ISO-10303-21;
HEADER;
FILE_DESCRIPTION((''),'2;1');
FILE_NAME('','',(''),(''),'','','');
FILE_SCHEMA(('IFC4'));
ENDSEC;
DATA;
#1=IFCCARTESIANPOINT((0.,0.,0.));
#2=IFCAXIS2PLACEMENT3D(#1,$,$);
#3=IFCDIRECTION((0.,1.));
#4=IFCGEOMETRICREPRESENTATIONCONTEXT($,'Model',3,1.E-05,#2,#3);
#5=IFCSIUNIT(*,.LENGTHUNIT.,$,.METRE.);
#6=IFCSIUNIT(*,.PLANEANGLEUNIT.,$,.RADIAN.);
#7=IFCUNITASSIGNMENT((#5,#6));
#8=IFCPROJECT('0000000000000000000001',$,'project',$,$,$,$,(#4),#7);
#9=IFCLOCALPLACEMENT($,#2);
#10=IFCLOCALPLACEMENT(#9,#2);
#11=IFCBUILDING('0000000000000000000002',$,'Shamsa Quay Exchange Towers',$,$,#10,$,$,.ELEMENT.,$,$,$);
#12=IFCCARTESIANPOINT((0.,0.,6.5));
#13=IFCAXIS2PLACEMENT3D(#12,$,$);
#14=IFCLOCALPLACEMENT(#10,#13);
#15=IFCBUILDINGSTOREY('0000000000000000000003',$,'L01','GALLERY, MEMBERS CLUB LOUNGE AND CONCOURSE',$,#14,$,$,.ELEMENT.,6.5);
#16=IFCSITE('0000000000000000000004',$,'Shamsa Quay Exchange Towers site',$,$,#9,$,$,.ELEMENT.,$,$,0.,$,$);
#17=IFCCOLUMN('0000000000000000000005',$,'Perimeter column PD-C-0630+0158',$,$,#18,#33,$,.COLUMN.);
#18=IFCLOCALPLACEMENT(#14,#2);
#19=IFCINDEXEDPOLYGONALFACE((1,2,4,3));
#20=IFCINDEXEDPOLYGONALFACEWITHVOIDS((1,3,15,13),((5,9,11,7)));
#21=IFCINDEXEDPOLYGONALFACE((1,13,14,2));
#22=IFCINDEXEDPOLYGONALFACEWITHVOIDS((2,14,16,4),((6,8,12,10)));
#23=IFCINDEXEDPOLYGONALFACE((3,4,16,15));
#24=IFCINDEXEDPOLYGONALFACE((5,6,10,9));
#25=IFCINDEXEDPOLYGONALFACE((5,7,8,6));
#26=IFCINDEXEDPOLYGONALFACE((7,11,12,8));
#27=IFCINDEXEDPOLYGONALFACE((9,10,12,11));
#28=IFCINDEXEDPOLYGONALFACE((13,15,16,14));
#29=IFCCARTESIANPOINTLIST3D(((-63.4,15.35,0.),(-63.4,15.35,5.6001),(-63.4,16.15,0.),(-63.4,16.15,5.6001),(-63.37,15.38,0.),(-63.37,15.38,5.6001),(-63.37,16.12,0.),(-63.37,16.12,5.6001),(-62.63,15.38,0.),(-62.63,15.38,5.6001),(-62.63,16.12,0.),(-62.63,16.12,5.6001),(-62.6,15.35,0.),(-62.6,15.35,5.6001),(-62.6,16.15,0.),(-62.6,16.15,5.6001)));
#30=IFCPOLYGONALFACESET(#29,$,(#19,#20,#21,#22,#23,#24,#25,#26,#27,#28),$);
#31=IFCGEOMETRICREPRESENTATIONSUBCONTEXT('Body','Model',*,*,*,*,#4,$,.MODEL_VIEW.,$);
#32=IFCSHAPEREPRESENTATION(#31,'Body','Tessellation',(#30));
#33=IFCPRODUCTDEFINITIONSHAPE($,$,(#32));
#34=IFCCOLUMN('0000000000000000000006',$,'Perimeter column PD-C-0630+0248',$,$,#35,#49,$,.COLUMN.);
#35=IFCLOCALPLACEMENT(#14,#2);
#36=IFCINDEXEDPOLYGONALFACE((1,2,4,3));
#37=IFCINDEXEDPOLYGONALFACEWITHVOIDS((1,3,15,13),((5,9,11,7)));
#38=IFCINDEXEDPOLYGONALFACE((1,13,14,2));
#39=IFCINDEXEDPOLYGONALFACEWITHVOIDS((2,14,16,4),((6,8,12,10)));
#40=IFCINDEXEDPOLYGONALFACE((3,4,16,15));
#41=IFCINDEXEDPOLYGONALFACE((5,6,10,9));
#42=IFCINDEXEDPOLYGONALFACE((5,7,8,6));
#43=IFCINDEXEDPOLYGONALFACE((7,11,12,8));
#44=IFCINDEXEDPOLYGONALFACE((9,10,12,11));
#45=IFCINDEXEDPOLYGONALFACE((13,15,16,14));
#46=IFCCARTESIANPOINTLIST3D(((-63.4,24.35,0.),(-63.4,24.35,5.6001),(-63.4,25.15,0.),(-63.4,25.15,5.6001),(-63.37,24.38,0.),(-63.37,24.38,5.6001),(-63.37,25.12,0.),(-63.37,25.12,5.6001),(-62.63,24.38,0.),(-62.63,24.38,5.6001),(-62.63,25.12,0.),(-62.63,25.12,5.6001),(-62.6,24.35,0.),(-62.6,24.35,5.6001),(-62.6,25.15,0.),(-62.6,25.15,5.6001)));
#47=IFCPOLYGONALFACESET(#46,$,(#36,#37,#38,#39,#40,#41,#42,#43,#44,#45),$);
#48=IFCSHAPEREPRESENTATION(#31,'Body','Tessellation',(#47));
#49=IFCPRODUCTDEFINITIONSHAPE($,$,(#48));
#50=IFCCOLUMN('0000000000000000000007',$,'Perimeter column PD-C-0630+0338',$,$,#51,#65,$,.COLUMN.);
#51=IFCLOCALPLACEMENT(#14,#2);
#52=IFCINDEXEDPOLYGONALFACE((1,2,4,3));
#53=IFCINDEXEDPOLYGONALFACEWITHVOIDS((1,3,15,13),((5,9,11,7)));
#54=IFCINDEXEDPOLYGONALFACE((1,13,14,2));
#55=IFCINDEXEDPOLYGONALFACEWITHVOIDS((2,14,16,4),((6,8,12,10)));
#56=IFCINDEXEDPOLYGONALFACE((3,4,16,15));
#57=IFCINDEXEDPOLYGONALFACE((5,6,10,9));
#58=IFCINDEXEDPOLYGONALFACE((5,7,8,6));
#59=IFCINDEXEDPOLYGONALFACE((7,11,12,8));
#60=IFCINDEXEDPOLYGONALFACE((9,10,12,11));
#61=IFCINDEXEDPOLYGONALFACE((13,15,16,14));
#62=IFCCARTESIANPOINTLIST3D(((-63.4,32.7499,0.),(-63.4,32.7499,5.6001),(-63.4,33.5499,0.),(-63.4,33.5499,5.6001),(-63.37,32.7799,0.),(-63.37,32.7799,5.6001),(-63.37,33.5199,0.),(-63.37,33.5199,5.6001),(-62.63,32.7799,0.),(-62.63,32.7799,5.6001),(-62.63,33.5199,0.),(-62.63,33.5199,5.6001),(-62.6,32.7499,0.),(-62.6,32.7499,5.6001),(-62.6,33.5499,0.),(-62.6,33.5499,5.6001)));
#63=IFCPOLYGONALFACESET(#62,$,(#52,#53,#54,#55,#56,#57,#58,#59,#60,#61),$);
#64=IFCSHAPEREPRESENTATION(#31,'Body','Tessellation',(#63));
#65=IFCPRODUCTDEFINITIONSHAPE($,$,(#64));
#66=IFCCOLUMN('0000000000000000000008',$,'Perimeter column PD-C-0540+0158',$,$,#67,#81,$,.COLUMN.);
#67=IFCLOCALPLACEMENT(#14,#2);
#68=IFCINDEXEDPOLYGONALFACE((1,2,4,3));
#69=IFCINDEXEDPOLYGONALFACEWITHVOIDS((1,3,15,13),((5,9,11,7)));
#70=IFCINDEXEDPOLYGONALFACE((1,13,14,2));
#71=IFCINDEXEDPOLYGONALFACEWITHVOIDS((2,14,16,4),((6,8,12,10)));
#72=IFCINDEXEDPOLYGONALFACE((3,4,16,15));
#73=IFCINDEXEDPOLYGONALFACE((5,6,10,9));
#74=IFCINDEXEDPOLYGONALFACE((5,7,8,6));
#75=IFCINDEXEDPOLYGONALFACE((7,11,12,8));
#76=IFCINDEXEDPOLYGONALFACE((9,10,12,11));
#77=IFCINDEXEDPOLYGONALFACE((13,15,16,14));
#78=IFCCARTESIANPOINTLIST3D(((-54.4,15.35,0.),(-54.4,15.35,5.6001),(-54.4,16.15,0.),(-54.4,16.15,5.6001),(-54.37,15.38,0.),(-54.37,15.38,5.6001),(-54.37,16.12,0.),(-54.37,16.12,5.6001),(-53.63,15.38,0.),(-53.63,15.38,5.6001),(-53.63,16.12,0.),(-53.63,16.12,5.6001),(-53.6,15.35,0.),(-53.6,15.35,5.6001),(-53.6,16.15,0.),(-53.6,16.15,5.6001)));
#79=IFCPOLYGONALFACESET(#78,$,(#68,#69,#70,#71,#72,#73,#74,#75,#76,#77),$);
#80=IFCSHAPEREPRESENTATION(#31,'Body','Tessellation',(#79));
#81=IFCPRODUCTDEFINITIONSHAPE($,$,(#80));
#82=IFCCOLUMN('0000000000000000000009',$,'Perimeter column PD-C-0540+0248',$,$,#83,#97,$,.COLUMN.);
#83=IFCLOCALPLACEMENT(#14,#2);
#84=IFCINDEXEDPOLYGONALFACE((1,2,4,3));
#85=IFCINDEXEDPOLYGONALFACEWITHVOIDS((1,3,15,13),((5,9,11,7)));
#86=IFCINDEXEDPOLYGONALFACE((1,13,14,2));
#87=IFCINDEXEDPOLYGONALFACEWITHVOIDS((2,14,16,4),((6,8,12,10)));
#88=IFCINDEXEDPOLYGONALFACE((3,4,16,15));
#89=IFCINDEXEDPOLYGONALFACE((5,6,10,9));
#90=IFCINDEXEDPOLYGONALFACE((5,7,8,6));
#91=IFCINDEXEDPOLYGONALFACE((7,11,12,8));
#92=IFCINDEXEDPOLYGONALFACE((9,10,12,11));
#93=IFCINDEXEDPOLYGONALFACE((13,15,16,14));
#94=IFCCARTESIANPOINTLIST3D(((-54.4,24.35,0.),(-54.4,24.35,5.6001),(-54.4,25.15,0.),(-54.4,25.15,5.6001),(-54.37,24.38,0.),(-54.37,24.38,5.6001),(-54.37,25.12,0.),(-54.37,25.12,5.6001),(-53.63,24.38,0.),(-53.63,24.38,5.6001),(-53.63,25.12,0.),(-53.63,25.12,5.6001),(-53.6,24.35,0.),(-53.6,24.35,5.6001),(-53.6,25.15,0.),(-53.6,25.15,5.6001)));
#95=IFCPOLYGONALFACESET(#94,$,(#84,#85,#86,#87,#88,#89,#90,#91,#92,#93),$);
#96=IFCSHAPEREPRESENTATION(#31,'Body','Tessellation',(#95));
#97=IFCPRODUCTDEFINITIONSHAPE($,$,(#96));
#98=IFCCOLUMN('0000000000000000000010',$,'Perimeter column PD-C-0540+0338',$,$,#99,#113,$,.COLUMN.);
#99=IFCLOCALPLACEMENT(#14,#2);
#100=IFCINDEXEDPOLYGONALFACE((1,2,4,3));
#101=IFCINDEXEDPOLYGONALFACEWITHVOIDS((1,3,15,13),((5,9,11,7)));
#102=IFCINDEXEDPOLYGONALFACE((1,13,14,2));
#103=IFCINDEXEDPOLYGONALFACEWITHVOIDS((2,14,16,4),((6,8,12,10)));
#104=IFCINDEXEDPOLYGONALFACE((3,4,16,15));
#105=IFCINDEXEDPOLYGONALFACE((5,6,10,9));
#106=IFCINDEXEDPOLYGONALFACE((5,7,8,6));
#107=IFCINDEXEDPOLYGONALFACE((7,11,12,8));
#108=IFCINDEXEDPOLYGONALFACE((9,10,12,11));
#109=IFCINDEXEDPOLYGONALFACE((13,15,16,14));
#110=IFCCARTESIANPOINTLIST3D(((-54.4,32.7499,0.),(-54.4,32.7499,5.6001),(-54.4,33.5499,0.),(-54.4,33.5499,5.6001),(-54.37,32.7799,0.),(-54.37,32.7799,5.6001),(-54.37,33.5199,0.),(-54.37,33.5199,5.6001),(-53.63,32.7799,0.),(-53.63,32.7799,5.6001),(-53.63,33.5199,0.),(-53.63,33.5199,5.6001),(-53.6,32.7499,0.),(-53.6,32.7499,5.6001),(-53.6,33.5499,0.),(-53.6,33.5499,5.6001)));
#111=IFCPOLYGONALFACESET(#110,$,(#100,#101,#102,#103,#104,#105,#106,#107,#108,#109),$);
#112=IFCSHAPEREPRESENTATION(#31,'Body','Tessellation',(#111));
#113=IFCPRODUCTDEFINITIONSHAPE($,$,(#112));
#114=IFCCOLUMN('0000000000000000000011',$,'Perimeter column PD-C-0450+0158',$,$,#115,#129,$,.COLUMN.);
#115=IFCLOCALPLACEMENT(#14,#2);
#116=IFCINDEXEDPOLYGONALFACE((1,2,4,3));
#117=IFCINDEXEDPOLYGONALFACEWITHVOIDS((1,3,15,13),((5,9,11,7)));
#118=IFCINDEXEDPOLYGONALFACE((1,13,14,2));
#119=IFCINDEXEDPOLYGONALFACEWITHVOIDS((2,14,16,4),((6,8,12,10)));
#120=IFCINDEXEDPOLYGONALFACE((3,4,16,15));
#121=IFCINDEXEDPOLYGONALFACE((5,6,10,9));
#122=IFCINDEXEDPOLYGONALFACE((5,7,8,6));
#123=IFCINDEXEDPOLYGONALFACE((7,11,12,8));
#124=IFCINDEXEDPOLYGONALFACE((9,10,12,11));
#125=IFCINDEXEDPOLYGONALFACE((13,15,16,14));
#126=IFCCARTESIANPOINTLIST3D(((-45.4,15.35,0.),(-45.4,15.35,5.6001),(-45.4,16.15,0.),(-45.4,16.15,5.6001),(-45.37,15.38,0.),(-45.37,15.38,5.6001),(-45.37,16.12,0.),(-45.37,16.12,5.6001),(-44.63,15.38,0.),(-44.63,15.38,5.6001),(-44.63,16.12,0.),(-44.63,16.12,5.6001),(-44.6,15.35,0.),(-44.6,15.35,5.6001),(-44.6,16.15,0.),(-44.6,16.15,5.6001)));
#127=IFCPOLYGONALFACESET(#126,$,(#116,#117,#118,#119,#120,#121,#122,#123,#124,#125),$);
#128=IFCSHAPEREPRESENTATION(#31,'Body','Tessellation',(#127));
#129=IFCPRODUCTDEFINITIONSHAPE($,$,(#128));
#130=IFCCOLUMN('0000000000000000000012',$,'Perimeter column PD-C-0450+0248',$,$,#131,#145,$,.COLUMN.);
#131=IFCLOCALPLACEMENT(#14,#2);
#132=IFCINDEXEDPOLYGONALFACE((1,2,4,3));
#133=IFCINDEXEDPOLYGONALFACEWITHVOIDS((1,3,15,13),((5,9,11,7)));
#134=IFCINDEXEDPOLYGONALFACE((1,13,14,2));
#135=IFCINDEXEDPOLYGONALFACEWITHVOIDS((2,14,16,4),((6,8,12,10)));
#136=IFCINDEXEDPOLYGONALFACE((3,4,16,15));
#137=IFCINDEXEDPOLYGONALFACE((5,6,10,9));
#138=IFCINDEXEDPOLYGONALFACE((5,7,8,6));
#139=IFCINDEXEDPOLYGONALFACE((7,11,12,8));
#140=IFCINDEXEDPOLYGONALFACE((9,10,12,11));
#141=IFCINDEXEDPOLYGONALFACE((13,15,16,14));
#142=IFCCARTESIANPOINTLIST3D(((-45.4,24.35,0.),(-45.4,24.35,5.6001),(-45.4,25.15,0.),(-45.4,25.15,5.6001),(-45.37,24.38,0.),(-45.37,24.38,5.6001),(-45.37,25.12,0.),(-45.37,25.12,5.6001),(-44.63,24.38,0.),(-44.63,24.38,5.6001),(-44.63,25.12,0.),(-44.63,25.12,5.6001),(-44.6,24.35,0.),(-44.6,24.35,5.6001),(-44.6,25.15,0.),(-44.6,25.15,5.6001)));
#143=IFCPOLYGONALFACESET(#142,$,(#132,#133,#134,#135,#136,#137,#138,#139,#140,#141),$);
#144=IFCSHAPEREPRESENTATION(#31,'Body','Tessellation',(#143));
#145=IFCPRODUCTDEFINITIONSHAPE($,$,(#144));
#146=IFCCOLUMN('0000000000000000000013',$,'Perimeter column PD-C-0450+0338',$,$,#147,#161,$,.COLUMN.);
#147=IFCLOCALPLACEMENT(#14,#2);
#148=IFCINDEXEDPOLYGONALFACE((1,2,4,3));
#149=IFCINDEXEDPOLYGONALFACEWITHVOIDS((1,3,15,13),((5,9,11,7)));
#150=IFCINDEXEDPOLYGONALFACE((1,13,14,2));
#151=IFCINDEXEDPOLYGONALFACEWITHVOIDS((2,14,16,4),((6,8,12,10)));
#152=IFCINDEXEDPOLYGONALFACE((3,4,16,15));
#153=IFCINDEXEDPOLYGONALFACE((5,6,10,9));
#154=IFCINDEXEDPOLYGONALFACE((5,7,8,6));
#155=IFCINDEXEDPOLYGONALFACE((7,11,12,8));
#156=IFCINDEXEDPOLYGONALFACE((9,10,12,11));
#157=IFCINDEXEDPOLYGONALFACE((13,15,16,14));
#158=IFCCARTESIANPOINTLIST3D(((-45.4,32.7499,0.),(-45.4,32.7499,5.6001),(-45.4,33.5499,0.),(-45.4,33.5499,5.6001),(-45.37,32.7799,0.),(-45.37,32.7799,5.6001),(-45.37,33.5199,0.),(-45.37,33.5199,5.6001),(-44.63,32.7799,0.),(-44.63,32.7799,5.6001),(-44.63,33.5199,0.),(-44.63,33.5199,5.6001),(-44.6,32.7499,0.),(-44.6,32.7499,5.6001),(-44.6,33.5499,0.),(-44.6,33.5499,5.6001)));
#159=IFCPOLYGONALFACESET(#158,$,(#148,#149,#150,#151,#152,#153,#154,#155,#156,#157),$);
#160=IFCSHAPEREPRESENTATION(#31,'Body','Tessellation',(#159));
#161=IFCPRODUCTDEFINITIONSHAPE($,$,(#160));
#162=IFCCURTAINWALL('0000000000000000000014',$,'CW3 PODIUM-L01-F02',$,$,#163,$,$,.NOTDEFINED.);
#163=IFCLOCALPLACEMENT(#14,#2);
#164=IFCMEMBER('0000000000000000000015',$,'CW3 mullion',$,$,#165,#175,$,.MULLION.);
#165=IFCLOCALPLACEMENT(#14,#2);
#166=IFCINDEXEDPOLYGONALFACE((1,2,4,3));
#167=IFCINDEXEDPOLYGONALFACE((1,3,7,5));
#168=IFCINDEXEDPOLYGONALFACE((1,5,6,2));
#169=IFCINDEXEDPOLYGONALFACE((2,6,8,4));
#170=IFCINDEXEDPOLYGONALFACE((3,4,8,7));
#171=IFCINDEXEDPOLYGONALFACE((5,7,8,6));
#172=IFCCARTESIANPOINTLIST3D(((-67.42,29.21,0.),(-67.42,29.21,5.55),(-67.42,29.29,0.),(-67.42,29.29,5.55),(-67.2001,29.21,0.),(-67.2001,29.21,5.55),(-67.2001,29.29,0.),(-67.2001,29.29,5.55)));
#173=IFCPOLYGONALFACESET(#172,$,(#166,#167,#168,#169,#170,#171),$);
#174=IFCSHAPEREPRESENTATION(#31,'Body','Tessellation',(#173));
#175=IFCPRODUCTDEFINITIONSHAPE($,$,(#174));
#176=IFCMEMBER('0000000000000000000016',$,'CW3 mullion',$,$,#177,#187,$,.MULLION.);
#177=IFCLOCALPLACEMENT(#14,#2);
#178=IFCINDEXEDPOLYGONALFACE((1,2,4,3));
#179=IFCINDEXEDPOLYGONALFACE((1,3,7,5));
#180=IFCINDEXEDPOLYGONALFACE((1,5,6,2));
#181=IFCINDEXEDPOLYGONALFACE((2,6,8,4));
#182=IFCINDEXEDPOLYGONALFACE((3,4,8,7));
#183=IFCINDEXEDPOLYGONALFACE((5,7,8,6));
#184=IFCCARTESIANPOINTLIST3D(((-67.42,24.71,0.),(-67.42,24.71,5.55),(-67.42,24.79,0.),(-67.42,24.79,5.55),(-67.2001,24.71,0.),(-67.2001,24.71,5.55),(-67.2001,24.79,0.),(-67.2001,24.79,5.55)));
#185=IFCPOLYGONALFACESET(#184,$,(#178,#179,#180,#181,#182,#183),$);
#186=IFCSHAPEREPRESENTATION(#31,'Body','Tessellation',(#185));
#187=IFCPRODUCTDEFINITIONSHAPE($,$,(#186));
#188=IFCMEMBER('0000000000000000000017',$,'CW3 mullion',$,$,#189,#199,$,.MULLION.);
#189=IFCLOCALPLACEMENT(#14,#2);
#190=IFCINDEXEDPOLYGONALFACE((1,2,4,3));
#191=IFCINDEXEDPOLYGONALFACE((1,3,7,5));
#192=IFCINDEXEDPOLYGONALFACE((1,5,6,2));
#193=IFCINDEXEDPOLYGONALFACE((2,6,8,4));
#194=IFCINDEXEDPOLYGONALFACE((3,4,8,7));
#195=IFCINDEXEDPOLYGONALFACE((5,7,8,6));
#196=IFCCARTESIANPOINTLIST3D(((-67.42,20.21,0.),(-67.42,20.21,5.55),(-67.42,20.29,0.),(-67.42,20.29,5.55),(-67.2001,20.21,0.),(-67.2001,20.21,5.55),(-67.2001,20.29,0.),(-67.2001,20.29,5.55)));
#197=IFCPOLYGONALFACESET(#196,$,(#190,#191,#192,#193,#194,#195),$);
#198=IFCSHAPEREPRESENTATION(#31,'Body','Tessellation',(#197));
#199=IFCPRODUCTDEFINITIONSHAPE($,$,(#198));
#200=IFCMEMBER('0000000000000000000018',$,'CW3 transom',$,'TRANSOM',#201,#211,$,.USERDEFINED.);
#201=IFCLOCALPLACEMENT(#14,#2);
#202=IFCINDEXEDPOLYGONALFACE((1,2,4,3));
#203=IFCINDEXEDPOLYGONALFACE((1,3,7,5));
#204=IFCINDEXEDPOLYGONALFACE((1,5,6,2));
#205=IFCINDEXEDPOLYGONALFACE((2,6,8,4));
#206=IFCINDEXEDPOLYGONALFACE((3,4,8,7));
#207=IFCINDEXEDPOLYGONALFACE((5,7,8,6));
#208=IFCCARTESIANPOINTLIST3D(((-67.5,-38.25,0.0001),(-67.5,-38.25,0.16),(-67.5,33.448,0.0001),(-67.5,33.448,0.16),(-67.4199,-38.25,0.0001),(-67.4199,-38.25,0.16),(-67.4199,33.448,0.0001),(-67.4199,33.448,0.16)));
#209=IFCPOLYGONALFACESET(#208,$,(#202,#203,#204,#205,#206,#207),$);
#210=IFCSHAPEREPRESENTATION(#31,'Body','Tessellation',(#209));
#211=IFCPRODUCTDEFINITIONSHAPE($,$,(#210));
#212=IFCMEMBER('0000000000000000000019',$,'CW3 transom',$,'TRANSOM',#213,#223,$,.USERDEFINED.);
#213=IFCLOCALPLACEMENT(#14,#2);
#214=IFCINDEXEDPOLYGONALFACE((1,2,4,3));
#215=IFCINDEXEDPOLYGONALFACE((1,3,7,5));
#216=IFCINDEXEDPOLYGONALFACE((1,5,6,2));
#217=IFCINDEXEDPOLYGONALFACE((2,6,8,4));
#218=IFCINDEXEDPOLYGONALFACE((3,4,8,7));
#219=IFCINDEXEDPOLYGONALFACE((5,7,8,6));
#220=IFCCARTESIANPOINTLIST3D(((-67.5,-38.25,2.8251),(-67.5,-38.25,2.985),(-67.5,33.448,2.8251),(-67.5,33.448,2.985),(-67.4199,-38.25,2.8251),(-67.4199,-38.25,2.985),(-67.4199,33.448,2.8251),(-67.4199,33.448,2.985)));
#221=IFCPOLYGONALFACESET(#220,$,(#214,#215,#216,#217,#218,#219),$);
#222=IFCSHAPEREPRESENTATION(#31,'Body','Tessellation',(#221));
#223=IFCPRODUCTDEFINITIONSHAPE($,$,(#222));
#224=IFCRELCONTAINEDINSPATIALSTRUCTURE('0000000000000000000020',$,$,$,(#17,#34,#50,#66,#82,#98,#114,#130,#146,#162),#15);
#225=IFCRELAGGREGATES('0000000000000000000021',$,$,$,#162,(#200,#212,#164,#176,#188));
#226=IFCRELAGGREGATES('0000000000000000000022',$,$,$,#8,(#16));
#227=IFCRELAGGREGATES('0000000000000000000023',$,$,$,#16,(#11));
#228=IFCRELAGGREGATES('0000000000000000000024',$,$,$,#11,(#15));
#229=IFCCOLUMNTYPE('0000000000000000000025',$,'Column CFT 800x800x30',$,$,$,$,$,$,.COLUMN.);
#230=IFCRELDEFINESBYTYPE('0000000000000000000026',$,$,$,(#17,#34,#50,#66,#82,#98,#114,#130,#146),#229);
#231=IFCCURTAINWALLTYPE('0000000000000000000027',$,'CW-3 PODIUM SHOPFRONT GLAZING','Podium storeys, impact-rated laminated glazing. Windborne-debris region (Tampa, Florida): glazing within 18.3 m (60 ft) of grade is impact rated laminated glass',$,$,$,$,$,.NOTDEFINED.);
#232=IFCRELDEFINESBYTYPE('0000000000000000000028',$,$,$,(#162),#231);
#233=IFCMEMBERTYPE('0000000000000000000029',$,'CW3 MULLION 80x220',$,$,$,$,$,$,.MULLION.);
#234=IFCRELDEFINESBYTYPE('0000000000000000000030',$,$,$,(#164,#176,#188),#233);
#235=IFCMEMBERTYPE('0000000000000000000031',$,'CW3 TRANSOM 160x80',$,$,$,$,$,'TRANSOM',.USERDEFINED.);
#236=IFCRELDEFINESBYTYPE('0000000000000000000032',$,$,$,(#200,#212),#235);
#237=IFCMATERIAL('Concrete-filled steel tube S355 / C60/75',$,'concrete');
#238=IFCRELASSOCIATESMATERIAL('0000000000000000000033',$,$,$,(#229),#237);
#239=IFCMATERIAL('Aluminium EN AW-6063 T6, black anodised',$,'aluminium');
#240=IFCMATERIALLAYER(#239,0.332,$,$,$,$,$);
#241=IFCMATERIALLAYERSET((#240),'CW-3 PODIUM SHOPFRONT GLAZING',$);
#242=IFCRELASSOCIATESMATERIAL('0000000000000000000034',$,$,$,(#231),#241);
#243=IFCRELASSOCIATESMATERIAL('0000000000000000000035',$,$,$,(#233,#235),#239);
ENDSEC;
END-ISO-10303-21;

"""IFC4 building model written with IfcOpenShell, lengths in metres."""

from ifc_helpers import new_model, si_unit, direction, frame, origin, origin_2d, place, context, subcontext, project, spatial, rectangle, hollow_rectangle, extrude, material, layer, layer_set, material_profile, profile_set, type_object, element, aggregate, save


model = new_model("IFC4")

# Units and contexts
model_context = context("Model", 3, precision=1e-05, world=origin(), true_north=direction((0.0, 1.0)))
body_context = subcontext(model_context, "Body", "Model", "MODEL_VIEW")
ifc_project = project(units=[si_unit("LENGTHUNIT", "METRE"), si_unit("PLANEANGLEUNIT", "RADIAN")], contexts=[model_context])

# Site, building, storey
site_placement = place(None, origin())
site = spatial("IfcSite", under=ifc_project, at=site_placement, Name="Shamsa Quay Exchange Towers site", CompositionType="ELEMENT", RefElevation=0.0)
building_placement = place(site_placement, origin())
building = spatial("IfcBuilding", under=site, at=building_placement, Name="Shamsa Quay Exchange Towers", CompositionType="ELEMENT")
storey_placement = place(building_placement, frame((0.0, 0.0, 6.5)))
storey = spatial("IfcBuildingStorey", under=building, at=storey_placement, Name="L01", Description="GALLERY, MEMBERS CLUB LOUNGE AND CONCOURSE", CompositionType="ELEMENT", Elevation=6.5)

# Columns
ifc_material_1 = material(Name="Concrete-filled steel tube S355 / C60/75", Category="concrete")
ifc_material_profile_1 = material_profile(ifc_material_1, hollow_rectangle(XDim=0.8, YDim=0.8, WallThickness=0.03, at=origin_2d()), Name="CFT 800x800x30")
ifc_profile_set_1 = profile_set([ifc_material_profile_1], Name="Concrete-filled steel tube S355 / C60/75")
column_type = type_object("IfcColumnType", Name="Column CFT 800x800x30", PredefinedType="COLUMN", material=ifc_profile_set_1)
for number, where, name in (
    (1, (-63.0, 15.75, 0.0), "Perimeter column PD-C-0630+0158"),
    (2, (-63.0, 24.75, 0.0), "Perimeter column PD-C-0630+0248"),
    (3, (-63.0, 33.1499, 0.0), "Perimeter column PD-C-0630+0338"),
    (4, (-54.0, 15.75, 0.0), "Perimeter column PD-C-0540+0158"),
    (5, (-54.0, 24.75, 0.0), "Perimeter column PD-C-0540+0248"),
    (6, (-54.0, 33.1499, 0.0), "Perimeter column PD-C-0540+0338"),
    (7, (-45.0, 15.75, 0.0), "Perimeter column PD-C-0450+0158"),
    (8, (-45.0, 24.75, 0.0), "Perimeter column PD-C-0450+0248"),
    (9, (-45.0, 33.1499, 0.0), "Perimeter column PD-C-0450+0338"),
):
    element("IfcColumn", number, at=place(storey_placement, frame(where)), inside=storey, type_object=column_type, Name=name, PredefinedType="COLUMN", context=body_context, shape_type="SweptSolid", body=[
        extrude(hollow_rectangle(XDim=0.8, YDim=0.8, WallThickness=0.03, at=origin_2d()), origin(), (0.0, 0.0, 1.0), 5.6001),
    ])

# Curtain wall, members
ifc_material_2 = material(Name="Aluminium EN AW-6063 T6, black anodised", Category="aluminium")
ifc_layer_1 = layer(ifc_material_2, 0.332)
ifc_layer_set_1 = layer_set([ifc_layer_1], Name="CW-3 PODIUM SHOPFRONT GLAZING")
curtain_wall_type = type_object("IfcCurtainWallType", Name="CW-3 PODIUM SHOPFRONT GLAZING", Description="Podium storeys, impact-rated laminated glazing. Windborne-debris region (Tampa, Florida): glazing within 18.3 m (60 ft) of grade is impact rated laminated glass", PredefinedType="NOTDEFINED", material=ifc_layer_set_1)
curtain_wall_placement = place(storey_placement, origin())
curtain_wall = element("IfcCurtainWall", 10, at=curtain_wall_placement, inside=storey, type_object=curtain_wall_type, Name="CW3 PODIUM-L01-F02", PredefinedType="NOTDEFINED")
ifc_material_profile_2 = material_profile(ifc_material_2, rectangle(XDim=0.22, YDim=0.0801, at=origin_2d()), Name="MU80x220")
ifc_profile_set_2 = profile_set([ifc_material_profile_2], Name="Aluminium EN AW-6063 T6, black anodised")
member_type_1 = type_object("IfcMemberType", Name="CW3 MULLION 80x220", PredefinedType="MULLION", material=ifc_profile_set_2)
member_1_placement = place(storey_placement, frame((-67.3101, 29.25, 0.0)))
member_1 = element("IfcMember", 11, at=member_1_placement, type_object=member_type_1, Name="CW3 mullion", PredefinedType="MULLION", context=body_context, shape_type="SweptSolid", body=[
    extrude(rectangle(XDim=0.22, YDim=0.0801, at=origin_2d()), origin(), (0.0, 0.0, 1.0), 5.55),
])
member_2_placement = place(storey_placement, frame((-67.3101, 24.75, 0.0)))
member_2 = element("IfcMember", 12, at=member_2_placement, type_object=member_type_1, Name="CW3 mullion", PredefinedType="MULLION", context=body_context, shape_type="SweptSolid", body=[
    extrude(rectangle(XDim=0.22, YDim=0.0801, at=origin_2d()), origin(), (0.0, 0.0, 1.0), 5.55),
])
member_3_placement = place(storey_placement, frame((-67.3101, 20.25, 0.0)))
member_3 = element("IfcMember", 13, at=member_3_placement, type_object=member_type_1, Name="CW3 mullion", PredefinedType="MULLION", context=body_context, shape_type="SweptSolid", body=[
    extrude(rectangle(XDim=0.22, YDim=0.0801, at=origin_2d()), origin(), (0.0, 0.0, 1.0), 5.55),
])
ifc_material_profile_3 = material_profile(ifc_material_2, rectangle(XDim=0.0801, YDim=0.1599, at=origin_2d()), Name="TR160x80")
ifc_profile_set_3 = profile_set([ifc_material_profile_3], Name="Aluminium EN AW-6063 T6, black anodised")
member_type_2 = type_object("IfcMemberType", Name="CW3 TRANSOM 160x80", ElementType="TRANSOM", PredefinedType="USERDEFINED", material=ifc_profile_set_3)
member_4_placement = place(storey_placement, frame((-67.46, 33.448, 0.0801), z_axis=(0.0, -1.0, 0.0), x_axis=(1.0, 0.0, 0.0)))
member_4 = element("IfcMember", 14, at=member_4_placement, type_object=member_type_2, Name="CW3 transom", ObjectType="TRANSOM", PredefinedType="USERDEFINED", context=body_context, shape_type="SweptSolid", body=[
    extrude(rectangle(XDim=0.0801, YDim=0.1599, at=origin_2d()), origin(), (0.0, 0.0, 1.0), 71.698),
])
member_5_placement = place(storey_placement, frame((-67.46, 33.448, 2.905), z_axis=(0.0, -1.0, 0.0), x_axis=(1.0, 0.0, 0.0)))
member_5 = element("IfcMember", 15, at=member_5_placement, type_object=member_type_2, Name="CW3 transom", ObjectType="TRANSOM", PredefinedType="USERDEFINED", context=body_context, shape_type="SweptSolid", body=[
    extrude(rectangle(XDim=0.0801, YDim=0.1599, at=origin_2d()), origin(), (0.0, 0.0, 1.0), 71.698),
])
aggregate(curtain_wall, [member_4, member_5, member_1, member_2, member_3])

save(model, "model.ifc")
